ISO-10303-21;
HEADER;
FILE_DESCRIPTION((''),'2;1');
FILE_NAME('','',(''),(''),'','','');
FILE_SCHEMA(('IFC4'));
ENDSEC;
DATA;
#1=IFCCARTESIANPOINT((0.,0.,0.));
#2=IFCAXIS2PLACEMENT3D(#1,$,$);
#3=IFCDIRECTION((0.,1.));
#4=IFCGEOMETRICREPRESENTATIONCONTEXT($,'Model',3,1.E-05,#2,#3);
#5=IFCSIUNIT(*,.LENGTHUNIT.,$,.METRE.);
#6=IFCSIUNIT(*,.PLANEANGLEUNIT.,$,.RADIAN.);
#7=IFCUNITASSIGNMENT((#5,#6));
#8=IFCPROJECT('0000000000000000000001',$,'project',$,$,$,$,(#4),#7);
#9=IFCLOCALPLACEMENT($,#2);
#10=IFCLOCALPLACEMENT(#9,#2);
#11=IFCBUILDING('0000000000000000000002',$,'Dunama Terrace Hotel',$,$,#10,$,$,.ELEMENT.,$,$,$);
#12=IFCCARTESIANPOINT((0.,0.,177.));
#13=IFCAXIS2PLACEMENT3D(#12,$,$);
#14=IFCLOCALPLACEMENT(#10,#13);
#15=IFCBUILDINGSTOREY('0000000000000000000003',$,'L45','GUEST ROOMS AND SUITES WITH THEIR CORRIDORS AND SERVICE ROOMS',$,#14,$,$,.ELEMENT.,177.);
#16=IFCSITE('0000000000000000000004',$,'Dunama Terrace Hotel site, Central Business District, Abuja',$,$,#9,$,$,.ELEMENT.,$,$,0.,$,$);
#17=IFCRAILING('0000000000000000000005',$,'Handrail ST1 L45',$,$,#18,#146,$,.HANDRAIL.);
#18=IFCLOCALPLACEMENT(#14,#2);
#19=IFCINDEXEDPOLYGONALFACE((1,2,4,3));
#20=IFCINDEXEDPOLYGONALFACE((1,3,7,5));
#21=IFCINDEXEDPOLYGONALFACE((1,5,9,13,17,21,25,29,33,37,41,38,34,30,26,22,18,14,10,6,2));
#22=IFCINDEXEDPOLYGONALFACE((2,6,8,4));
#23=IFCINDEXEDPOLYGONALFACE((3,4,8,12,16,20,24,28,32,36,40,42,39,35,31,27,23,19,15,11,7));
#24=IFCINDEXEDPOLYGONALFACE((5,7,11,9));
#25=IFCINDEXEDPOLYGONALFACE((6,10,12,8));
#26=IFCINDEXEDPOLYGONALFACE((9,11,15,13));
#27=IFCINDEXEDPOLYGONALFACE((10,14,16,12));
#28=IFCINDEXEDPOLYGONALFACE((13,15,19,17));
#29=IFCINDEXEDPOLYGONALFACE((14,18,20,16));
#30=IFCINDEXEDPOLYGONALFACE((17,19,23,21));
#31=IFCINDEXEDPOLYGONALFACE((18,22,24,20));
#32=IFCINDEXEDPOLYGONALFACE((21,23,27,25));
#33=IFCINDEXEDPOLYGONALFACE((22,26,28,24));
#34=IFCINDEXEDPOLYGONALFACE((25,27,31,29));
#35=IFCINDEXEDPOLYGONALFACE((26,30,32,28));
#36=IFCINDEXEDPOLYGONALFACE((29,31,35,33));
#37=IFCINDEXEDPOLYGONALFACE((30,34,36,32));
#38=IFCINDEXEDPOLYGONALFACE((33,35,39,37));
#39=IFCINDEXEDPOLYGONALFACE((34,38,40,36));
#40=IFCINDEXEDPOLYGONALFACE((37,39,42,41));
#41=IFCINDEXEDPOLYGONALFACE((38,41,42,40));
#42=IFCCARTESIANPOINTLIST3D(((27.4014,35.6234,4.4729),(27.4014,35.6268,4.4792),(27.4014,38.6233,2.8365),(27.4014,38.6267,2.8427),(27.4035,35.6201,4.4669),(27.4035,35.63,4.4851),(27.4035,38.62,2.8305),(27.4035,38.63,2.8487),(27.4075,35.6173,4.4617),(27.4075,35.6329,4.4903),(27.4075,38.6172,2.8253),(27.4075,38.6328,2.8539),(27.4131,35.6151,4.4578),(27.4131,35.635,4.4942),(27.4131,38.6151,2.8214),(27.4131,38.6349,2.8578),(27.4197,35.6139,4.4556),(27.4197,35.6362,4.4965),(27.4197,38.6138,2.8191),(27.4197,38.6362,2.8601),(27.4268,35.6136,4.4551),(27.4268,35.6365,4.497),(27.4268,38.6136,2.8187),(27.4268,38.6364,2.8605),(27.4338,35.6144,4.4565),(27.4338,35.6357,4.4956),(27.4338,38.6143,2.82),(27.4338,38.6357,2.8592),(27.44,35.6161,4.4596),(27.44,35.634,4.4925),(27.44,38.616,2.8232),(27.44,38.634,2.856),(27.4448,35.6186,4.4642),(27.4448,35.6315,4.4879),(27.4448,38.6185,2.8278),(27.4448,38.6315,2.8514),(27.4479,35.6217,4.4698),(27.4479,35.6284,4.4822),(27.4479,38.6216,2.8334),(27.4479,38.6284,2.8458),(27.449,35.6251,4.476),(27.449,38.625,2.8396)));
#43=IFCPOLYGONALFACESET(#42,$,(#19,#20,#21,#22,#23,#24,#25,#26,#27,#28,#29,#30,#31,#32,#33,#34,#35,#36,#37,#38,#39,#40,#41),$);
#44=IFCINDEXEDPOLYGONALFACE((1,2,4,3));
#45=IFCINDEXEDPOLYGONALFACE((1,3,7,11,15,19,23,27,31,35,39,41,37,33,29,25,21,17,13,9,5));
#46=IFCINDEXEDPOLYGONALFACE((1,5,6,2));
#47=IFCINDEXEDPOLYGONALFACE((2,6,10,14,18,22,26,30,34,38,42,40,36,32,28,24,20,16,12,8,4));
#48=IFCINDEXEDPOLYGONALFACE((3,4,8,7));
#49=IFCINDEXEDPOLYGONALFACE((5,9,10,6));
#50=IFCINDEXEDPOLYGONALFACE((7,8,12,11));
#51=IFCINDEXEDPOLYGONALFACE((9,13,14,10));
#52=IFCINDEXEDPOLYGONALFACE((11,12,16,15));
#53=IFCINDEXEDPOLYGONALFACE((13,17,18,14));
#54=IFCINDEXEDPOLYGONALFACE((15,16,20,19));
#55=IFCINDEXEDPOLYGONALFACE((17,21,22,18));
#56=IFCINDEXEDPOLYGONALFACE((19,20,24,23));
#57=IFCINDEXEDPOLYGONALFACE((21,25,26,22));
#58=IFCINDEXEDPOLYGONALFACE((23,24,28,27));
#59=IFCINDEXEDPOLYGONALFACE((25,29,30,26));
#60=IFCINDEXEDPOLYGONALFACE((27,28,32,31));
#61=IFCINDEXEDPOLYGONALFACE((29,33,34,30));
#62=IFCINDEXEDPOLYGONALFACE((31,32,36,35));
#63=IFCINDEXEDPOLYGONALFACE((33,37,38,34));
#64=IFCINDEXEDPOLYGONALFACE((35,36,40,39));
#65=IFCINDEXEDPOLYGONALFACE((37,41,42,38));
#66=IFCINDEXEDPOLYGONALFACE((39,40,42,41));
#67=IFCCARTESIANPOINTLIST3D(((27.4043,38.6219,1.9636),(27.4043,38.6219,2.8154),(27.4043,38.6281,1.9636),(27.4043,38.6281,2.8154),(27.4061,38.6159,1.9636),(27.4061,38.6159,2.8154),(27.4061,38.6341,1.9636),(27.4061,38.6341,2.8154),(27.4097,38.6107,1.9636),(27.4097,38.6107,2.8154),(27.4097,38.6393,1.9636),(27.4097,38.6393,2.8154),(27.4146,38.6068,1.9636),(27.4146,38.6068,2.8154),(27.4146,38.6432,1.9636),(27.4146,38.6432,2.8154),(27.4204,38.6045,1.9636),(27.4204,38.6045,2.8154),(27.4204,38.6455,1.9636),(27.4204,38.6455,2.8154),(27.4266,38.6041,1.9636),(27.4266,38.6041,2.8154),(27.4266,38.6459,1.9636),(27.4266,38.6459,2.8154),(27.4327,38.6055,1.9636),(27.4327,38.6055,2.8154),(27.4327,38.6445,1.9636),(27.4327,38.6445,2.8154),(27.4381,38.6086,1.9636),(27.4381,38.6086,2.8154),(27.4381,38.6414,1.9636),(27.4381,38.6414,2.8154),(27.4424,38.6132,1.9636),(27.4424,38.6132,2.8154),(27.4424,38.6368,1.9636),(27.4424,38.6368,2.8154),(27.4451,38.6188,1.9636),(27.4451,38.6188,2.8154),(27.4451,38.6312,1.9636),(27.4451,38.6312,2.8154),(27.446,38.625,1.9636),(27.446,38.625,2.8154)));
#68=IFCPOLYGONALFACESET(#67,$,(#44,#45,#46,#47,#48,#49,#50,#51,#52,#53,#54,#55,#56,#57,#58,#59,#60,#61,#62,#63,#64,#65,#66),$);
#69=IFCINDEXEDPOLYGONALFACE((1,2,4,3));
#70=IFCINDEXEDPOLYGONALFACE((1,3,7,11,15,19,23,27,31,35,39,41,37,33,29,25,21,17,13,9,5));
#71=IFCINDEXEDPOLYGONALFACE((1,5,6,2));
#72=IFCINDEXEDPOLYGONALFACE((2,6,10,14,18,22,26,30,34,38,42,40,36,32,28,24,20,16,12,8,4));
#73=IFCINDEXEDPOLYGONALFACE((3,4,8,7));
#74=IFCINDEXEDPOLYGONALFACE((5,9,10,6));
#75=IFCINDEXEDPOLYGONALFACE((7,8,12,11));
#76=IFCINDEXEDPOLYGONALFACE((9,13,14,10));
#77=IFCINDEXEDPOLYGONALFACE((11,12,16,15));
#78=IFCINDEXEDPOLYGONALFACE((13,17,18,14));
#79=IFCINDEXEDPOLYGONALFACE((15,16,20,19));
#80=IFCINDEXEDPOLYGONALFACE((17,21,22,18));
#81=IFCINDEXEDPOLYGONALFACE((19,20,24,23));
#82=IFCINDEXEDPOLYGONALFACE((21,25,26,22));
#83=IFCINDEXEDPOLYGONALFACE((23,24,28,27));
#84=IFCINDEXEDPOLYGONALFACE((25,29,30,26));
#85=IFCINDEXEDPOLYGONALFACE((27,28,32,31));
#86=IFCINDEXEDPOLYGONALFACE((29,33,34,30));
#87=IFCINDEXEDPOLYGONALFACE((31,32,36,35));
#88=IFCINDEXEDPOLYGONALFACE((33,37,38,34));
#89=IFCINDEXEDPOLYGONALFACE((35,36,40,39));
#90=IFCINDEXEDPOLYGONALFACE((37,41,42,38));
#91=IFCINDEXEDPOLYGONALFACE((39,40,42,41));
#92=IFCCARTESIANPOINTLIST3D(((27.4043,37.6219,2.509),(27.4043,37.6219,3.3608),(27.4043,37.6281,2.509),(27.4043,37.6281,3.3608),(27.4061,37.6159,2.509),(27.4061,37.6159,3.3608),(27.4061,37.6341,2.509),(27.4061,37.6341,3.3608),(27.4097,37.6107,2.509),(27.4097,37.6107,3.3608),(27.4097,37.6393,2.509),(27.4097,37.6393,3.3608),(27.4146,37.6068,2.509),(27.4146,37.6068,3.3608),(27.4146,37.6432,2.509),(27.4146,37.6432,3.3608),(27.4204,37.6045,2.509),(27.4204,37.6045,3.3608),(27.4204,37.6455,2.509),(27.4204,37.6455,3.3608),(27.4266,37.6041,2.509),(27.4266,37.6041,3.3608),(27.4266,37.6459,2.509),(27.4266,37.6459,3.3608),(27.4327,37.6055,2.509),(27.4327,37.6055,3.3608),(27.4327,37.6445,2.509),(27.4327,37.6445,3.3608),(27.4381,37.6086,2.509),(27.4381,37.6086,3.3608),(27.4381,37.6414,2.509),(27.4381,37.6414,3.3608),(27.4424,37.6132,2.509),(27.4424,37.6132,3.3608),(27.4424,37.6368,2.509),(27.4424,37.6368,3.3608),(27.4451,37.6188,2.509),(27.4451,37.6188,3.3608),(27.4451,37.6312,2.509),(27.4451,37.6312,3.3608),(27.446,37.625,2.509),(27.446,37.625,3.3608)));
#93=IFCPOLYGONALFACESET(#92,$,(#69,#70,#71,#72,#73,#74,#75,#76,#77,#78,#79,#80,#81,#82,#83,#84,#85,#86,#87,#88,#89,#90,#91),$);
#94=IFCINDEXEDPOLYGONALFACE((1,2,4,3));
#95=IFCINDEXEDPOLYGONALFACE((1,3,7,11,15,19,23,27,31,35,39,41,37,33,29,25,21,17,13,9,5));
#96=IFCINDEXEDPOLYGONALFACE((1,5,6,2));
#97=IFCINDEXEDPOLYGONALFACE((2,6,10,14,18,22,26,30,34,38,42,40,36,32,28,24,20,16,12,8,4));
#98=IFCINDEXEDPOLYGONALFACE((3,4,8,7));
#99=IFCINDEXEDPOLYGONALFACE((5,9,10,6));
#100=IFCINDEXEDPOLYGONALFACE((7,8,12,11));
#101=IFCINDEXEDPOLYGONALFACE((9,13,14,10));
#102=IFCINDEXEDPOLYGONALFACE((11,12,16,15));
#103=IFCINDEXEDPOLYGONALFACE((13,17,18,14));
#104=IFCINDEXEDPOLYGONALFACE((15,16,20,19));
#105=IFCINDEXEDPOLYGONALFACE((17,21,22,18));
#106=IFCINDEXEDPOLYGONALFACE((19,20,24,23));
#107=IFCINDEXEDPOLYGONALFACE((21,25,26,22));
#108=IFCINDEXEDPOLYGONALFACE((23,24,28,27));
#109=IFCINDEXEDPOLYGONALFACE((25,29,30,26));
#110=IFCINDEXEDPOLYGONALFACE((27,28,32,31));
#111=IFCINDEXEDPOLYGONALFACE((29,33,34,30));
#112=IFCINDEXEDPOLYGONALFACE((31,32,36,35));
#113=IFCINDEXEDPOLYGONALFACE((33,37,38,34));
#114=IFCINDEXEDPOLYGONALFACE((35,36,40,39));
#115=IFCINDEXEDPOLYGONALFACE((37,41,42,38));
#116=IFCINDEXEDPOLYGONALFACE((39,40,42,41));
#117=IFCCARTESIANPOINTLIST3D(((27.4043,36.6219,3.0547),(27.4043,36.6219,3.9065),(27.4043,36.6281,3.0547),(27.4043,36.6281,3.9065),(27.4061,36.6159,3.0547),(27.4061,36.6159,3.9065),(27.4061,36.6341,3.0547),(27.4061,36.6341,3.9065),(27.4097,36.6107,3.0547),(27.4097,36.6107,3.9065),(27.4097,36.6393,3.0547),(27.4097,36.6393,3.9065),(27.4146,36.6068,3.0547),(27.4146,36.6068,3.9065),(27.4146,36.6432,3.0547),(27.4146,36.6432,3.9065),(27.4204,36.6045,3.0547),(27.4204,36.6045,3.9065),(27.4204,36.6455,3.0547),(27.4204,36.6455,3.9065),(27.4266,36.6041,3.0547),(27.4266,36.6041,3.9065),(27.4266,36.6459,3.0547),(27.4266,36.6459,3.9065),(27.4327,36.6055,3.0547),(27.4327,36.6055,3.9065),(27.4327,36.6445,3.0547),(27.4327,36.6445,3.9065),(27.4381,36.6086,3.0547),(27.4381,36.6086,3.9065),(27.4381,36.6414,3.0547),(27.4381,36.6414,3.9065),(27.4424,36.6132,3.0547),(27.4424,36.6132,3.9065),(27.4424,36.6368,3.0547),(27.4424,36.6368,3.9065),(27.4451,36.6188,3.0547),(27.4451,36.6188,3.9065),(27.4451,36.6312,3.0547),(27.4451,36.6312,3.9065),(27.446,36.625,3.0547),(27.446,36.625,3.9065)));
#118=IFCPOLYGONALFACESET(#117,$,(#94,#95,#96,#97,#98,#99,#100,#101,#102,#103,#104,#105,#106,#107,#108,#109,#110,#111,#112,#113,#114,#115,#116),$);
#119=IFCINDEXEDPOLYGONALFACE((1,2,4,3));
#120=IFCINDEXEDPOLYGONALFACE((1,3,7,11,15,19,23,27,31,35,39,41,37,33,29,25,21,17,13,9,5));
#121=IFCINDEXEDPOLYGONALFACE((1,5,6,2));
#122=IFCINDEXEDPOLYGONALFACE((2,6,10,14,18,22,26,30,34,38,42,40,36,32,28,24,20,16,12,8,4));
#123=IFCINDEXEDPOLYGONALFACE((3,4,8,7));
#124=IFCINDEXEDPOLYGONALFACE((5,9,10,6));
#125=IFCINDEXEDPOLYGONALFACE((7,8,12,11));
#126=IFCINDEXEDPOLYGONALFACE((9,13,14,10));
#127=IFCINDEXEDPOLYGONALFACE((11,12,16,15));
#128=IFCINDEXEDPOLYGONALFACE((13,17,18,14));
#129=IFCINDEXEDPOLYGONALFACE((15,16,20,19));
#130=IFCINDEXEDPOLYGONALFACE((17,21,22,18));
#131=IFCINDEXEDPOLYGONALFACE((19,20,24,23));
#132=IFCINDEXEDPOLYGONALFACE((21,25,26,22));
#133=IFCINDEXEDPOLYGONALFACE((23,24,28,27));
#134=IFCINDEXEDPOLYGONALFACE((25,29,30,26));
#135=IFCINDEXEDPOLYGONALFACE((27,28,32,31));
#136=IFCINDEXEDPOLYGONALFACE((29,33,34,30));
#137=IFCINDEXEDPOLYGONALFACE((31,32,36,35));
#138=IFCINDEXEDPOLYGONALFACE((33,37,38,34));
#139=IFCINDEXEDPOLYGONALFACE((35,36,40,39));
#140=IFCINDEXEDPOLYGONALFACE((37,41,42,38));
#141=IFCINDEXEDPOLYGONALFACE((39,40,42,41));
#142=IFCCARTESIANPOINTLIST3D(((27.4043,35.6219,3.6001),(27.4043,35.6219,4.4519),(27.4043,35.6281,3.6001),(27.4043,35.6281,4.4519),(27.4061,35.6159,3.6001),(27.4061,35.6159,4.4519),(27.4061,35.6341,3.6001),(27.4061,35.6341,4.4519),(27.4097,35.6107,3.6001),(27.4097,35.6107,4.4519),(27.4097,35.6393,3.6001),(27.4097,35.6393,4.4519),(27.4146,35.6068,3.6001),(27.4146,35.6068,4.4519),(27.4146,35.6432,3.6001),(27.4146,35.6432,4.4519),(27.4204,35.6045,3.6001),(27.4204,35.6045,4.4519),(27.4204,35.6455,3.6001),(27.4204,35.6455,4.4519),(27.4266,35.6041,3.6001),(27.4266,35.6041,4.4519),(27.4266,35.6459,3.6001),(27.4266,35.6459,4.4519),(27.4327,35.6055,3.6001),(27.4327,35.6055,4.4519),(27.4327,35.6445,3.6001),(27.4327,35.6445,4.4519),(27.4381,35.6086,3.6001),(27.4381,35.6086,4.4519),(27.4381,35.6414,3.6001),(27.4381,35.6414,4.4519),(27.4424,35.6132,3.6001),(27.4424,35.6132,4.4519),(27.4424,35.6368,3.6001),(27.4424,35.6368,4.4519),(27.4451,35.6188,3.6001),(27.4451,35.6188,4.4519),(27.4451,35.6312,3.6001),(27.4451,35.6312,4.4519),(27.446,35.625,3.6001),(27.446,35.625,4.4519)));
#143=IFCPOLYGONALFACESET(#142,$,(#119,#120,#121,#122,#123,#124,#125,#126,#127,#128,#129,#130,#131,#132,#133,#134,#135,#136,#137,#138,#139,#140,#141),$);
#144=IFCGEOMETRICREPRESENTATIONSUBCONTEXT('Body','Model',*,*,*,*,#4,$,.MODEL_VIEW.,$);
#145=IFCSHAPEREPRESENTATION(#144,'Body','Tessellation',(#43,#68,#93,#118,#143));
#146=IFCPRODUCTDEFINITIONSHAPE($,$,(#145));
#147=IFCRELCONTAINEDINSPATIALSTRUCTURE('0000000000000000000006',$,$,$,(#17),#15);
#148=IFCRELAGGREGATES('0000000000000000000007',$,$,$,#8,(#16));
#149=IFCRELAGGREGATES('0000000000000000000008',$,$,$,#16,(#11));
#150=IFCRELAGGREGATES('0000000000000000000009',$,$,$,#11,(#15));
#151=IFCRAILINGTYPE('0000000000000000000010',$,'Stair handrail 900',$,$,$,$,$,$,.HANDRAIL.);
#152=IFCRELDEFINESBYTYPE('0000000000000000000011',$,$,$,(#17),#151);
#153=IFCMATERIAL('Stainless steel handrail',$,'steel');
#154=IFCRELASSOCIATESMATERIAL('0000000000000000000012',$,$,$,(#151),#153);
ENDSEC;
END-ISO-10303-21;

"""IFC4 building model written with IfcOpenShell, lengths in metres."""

from ifc_helpers import new_model, si_unit, direction, frame, origin, origin_2d, place, context, subcontext, project, spatial, circle, extrude, material, type_object, element, save


model = new_model("IFC4")

# Units and contexts
model_context = context("Model", 3, precision=1e-05, world=origin(), true_north=direction((0.0, 1.0)))
body_context = subcontext(model_context, "Body", "Model", "MODEL_VIEW")
ifc_project = project(units=[si_unit("LENGTHUNIT", "METRE"), si_unit("PLANEANGLEUNIT", "RADIAN")], contexts=[model_context])

# Site, building, storey
site_placement = place(None, origin())
site = spatial("IfcSite", under=ifc_project, at=site_placement, Name="Dunama Terrace Hotel site, Central Business District, Abuja", CompositionType="ELEMENT", RefElevation=0.0)
building_placement = place(site_placement, origin())
building = spatial("IfcBuilding", under=site, at=building_placement, Name="Dunama Terrace Hotel", CompositionType="ELEMENT")
storey_placement = place(building_placement, frame((0.0, 0.0, 177.0)))
storey = spatial("IfcBuildingStorey", under=building, at=storey_placement, Name="L45", Description="GUEST ROOMS AND SUITES WITH THEIR CORRIDORS AND SERVICE ROOMS", CompositionType="ELEMENT", Elevation=177.0)

# Railing
ifc_material_1 = material(Name="Stainless steel handrail", Category="steel")
railing_type = type_object("IfcRailingType", Name="Stair handrail 900", PredefinedType="HANDRAIL", material=ifc_material_1)
railing_1_placement = place(storey_placement, frame((27.425, 38.625, 1.9636)))
element("IfcRailing", 1, at=railing_1_placement, inside=storey, type_object=railing_type, Name="Handrail ST1 L45", PredefinedType="HANDRAIL", context=body_context, shape_type="SweptSolid", body=[
    extrude(circle(Radius=0.0239, at=origin_2d()), frame((0.0, 0.0, 0.876), z_axis=(0.0, -0.877882, 0.478877), x_axis=(1.0, 0.0, 0.0)), (0.0, 0.0, 1.0), 3.4172),
    extrude(circle(Radius=0.021, at=origin_2d()), origin(), (0.0, 0.0, 1.0), 0.8518),
    extrude(circle(Radius=0.021, at=origin_2d()), frame((0.0, -1.0, 0.5454)), (0.0, 0.0, 1.0), 0.8518),
    extrude(circle(Radius=0.021, at=origin_2d()), frame((0.0, -2.0, 1.0911)), (0.0, 0.0, 1.0), 0.8518),
    extrude(circle(Radius=0.021, at=origin_2d()), frame((0.0, -3.0, 1.6365)), (0.0, 0.0, 1.0), 0.8518),
])

save(model, "model.ifc")
